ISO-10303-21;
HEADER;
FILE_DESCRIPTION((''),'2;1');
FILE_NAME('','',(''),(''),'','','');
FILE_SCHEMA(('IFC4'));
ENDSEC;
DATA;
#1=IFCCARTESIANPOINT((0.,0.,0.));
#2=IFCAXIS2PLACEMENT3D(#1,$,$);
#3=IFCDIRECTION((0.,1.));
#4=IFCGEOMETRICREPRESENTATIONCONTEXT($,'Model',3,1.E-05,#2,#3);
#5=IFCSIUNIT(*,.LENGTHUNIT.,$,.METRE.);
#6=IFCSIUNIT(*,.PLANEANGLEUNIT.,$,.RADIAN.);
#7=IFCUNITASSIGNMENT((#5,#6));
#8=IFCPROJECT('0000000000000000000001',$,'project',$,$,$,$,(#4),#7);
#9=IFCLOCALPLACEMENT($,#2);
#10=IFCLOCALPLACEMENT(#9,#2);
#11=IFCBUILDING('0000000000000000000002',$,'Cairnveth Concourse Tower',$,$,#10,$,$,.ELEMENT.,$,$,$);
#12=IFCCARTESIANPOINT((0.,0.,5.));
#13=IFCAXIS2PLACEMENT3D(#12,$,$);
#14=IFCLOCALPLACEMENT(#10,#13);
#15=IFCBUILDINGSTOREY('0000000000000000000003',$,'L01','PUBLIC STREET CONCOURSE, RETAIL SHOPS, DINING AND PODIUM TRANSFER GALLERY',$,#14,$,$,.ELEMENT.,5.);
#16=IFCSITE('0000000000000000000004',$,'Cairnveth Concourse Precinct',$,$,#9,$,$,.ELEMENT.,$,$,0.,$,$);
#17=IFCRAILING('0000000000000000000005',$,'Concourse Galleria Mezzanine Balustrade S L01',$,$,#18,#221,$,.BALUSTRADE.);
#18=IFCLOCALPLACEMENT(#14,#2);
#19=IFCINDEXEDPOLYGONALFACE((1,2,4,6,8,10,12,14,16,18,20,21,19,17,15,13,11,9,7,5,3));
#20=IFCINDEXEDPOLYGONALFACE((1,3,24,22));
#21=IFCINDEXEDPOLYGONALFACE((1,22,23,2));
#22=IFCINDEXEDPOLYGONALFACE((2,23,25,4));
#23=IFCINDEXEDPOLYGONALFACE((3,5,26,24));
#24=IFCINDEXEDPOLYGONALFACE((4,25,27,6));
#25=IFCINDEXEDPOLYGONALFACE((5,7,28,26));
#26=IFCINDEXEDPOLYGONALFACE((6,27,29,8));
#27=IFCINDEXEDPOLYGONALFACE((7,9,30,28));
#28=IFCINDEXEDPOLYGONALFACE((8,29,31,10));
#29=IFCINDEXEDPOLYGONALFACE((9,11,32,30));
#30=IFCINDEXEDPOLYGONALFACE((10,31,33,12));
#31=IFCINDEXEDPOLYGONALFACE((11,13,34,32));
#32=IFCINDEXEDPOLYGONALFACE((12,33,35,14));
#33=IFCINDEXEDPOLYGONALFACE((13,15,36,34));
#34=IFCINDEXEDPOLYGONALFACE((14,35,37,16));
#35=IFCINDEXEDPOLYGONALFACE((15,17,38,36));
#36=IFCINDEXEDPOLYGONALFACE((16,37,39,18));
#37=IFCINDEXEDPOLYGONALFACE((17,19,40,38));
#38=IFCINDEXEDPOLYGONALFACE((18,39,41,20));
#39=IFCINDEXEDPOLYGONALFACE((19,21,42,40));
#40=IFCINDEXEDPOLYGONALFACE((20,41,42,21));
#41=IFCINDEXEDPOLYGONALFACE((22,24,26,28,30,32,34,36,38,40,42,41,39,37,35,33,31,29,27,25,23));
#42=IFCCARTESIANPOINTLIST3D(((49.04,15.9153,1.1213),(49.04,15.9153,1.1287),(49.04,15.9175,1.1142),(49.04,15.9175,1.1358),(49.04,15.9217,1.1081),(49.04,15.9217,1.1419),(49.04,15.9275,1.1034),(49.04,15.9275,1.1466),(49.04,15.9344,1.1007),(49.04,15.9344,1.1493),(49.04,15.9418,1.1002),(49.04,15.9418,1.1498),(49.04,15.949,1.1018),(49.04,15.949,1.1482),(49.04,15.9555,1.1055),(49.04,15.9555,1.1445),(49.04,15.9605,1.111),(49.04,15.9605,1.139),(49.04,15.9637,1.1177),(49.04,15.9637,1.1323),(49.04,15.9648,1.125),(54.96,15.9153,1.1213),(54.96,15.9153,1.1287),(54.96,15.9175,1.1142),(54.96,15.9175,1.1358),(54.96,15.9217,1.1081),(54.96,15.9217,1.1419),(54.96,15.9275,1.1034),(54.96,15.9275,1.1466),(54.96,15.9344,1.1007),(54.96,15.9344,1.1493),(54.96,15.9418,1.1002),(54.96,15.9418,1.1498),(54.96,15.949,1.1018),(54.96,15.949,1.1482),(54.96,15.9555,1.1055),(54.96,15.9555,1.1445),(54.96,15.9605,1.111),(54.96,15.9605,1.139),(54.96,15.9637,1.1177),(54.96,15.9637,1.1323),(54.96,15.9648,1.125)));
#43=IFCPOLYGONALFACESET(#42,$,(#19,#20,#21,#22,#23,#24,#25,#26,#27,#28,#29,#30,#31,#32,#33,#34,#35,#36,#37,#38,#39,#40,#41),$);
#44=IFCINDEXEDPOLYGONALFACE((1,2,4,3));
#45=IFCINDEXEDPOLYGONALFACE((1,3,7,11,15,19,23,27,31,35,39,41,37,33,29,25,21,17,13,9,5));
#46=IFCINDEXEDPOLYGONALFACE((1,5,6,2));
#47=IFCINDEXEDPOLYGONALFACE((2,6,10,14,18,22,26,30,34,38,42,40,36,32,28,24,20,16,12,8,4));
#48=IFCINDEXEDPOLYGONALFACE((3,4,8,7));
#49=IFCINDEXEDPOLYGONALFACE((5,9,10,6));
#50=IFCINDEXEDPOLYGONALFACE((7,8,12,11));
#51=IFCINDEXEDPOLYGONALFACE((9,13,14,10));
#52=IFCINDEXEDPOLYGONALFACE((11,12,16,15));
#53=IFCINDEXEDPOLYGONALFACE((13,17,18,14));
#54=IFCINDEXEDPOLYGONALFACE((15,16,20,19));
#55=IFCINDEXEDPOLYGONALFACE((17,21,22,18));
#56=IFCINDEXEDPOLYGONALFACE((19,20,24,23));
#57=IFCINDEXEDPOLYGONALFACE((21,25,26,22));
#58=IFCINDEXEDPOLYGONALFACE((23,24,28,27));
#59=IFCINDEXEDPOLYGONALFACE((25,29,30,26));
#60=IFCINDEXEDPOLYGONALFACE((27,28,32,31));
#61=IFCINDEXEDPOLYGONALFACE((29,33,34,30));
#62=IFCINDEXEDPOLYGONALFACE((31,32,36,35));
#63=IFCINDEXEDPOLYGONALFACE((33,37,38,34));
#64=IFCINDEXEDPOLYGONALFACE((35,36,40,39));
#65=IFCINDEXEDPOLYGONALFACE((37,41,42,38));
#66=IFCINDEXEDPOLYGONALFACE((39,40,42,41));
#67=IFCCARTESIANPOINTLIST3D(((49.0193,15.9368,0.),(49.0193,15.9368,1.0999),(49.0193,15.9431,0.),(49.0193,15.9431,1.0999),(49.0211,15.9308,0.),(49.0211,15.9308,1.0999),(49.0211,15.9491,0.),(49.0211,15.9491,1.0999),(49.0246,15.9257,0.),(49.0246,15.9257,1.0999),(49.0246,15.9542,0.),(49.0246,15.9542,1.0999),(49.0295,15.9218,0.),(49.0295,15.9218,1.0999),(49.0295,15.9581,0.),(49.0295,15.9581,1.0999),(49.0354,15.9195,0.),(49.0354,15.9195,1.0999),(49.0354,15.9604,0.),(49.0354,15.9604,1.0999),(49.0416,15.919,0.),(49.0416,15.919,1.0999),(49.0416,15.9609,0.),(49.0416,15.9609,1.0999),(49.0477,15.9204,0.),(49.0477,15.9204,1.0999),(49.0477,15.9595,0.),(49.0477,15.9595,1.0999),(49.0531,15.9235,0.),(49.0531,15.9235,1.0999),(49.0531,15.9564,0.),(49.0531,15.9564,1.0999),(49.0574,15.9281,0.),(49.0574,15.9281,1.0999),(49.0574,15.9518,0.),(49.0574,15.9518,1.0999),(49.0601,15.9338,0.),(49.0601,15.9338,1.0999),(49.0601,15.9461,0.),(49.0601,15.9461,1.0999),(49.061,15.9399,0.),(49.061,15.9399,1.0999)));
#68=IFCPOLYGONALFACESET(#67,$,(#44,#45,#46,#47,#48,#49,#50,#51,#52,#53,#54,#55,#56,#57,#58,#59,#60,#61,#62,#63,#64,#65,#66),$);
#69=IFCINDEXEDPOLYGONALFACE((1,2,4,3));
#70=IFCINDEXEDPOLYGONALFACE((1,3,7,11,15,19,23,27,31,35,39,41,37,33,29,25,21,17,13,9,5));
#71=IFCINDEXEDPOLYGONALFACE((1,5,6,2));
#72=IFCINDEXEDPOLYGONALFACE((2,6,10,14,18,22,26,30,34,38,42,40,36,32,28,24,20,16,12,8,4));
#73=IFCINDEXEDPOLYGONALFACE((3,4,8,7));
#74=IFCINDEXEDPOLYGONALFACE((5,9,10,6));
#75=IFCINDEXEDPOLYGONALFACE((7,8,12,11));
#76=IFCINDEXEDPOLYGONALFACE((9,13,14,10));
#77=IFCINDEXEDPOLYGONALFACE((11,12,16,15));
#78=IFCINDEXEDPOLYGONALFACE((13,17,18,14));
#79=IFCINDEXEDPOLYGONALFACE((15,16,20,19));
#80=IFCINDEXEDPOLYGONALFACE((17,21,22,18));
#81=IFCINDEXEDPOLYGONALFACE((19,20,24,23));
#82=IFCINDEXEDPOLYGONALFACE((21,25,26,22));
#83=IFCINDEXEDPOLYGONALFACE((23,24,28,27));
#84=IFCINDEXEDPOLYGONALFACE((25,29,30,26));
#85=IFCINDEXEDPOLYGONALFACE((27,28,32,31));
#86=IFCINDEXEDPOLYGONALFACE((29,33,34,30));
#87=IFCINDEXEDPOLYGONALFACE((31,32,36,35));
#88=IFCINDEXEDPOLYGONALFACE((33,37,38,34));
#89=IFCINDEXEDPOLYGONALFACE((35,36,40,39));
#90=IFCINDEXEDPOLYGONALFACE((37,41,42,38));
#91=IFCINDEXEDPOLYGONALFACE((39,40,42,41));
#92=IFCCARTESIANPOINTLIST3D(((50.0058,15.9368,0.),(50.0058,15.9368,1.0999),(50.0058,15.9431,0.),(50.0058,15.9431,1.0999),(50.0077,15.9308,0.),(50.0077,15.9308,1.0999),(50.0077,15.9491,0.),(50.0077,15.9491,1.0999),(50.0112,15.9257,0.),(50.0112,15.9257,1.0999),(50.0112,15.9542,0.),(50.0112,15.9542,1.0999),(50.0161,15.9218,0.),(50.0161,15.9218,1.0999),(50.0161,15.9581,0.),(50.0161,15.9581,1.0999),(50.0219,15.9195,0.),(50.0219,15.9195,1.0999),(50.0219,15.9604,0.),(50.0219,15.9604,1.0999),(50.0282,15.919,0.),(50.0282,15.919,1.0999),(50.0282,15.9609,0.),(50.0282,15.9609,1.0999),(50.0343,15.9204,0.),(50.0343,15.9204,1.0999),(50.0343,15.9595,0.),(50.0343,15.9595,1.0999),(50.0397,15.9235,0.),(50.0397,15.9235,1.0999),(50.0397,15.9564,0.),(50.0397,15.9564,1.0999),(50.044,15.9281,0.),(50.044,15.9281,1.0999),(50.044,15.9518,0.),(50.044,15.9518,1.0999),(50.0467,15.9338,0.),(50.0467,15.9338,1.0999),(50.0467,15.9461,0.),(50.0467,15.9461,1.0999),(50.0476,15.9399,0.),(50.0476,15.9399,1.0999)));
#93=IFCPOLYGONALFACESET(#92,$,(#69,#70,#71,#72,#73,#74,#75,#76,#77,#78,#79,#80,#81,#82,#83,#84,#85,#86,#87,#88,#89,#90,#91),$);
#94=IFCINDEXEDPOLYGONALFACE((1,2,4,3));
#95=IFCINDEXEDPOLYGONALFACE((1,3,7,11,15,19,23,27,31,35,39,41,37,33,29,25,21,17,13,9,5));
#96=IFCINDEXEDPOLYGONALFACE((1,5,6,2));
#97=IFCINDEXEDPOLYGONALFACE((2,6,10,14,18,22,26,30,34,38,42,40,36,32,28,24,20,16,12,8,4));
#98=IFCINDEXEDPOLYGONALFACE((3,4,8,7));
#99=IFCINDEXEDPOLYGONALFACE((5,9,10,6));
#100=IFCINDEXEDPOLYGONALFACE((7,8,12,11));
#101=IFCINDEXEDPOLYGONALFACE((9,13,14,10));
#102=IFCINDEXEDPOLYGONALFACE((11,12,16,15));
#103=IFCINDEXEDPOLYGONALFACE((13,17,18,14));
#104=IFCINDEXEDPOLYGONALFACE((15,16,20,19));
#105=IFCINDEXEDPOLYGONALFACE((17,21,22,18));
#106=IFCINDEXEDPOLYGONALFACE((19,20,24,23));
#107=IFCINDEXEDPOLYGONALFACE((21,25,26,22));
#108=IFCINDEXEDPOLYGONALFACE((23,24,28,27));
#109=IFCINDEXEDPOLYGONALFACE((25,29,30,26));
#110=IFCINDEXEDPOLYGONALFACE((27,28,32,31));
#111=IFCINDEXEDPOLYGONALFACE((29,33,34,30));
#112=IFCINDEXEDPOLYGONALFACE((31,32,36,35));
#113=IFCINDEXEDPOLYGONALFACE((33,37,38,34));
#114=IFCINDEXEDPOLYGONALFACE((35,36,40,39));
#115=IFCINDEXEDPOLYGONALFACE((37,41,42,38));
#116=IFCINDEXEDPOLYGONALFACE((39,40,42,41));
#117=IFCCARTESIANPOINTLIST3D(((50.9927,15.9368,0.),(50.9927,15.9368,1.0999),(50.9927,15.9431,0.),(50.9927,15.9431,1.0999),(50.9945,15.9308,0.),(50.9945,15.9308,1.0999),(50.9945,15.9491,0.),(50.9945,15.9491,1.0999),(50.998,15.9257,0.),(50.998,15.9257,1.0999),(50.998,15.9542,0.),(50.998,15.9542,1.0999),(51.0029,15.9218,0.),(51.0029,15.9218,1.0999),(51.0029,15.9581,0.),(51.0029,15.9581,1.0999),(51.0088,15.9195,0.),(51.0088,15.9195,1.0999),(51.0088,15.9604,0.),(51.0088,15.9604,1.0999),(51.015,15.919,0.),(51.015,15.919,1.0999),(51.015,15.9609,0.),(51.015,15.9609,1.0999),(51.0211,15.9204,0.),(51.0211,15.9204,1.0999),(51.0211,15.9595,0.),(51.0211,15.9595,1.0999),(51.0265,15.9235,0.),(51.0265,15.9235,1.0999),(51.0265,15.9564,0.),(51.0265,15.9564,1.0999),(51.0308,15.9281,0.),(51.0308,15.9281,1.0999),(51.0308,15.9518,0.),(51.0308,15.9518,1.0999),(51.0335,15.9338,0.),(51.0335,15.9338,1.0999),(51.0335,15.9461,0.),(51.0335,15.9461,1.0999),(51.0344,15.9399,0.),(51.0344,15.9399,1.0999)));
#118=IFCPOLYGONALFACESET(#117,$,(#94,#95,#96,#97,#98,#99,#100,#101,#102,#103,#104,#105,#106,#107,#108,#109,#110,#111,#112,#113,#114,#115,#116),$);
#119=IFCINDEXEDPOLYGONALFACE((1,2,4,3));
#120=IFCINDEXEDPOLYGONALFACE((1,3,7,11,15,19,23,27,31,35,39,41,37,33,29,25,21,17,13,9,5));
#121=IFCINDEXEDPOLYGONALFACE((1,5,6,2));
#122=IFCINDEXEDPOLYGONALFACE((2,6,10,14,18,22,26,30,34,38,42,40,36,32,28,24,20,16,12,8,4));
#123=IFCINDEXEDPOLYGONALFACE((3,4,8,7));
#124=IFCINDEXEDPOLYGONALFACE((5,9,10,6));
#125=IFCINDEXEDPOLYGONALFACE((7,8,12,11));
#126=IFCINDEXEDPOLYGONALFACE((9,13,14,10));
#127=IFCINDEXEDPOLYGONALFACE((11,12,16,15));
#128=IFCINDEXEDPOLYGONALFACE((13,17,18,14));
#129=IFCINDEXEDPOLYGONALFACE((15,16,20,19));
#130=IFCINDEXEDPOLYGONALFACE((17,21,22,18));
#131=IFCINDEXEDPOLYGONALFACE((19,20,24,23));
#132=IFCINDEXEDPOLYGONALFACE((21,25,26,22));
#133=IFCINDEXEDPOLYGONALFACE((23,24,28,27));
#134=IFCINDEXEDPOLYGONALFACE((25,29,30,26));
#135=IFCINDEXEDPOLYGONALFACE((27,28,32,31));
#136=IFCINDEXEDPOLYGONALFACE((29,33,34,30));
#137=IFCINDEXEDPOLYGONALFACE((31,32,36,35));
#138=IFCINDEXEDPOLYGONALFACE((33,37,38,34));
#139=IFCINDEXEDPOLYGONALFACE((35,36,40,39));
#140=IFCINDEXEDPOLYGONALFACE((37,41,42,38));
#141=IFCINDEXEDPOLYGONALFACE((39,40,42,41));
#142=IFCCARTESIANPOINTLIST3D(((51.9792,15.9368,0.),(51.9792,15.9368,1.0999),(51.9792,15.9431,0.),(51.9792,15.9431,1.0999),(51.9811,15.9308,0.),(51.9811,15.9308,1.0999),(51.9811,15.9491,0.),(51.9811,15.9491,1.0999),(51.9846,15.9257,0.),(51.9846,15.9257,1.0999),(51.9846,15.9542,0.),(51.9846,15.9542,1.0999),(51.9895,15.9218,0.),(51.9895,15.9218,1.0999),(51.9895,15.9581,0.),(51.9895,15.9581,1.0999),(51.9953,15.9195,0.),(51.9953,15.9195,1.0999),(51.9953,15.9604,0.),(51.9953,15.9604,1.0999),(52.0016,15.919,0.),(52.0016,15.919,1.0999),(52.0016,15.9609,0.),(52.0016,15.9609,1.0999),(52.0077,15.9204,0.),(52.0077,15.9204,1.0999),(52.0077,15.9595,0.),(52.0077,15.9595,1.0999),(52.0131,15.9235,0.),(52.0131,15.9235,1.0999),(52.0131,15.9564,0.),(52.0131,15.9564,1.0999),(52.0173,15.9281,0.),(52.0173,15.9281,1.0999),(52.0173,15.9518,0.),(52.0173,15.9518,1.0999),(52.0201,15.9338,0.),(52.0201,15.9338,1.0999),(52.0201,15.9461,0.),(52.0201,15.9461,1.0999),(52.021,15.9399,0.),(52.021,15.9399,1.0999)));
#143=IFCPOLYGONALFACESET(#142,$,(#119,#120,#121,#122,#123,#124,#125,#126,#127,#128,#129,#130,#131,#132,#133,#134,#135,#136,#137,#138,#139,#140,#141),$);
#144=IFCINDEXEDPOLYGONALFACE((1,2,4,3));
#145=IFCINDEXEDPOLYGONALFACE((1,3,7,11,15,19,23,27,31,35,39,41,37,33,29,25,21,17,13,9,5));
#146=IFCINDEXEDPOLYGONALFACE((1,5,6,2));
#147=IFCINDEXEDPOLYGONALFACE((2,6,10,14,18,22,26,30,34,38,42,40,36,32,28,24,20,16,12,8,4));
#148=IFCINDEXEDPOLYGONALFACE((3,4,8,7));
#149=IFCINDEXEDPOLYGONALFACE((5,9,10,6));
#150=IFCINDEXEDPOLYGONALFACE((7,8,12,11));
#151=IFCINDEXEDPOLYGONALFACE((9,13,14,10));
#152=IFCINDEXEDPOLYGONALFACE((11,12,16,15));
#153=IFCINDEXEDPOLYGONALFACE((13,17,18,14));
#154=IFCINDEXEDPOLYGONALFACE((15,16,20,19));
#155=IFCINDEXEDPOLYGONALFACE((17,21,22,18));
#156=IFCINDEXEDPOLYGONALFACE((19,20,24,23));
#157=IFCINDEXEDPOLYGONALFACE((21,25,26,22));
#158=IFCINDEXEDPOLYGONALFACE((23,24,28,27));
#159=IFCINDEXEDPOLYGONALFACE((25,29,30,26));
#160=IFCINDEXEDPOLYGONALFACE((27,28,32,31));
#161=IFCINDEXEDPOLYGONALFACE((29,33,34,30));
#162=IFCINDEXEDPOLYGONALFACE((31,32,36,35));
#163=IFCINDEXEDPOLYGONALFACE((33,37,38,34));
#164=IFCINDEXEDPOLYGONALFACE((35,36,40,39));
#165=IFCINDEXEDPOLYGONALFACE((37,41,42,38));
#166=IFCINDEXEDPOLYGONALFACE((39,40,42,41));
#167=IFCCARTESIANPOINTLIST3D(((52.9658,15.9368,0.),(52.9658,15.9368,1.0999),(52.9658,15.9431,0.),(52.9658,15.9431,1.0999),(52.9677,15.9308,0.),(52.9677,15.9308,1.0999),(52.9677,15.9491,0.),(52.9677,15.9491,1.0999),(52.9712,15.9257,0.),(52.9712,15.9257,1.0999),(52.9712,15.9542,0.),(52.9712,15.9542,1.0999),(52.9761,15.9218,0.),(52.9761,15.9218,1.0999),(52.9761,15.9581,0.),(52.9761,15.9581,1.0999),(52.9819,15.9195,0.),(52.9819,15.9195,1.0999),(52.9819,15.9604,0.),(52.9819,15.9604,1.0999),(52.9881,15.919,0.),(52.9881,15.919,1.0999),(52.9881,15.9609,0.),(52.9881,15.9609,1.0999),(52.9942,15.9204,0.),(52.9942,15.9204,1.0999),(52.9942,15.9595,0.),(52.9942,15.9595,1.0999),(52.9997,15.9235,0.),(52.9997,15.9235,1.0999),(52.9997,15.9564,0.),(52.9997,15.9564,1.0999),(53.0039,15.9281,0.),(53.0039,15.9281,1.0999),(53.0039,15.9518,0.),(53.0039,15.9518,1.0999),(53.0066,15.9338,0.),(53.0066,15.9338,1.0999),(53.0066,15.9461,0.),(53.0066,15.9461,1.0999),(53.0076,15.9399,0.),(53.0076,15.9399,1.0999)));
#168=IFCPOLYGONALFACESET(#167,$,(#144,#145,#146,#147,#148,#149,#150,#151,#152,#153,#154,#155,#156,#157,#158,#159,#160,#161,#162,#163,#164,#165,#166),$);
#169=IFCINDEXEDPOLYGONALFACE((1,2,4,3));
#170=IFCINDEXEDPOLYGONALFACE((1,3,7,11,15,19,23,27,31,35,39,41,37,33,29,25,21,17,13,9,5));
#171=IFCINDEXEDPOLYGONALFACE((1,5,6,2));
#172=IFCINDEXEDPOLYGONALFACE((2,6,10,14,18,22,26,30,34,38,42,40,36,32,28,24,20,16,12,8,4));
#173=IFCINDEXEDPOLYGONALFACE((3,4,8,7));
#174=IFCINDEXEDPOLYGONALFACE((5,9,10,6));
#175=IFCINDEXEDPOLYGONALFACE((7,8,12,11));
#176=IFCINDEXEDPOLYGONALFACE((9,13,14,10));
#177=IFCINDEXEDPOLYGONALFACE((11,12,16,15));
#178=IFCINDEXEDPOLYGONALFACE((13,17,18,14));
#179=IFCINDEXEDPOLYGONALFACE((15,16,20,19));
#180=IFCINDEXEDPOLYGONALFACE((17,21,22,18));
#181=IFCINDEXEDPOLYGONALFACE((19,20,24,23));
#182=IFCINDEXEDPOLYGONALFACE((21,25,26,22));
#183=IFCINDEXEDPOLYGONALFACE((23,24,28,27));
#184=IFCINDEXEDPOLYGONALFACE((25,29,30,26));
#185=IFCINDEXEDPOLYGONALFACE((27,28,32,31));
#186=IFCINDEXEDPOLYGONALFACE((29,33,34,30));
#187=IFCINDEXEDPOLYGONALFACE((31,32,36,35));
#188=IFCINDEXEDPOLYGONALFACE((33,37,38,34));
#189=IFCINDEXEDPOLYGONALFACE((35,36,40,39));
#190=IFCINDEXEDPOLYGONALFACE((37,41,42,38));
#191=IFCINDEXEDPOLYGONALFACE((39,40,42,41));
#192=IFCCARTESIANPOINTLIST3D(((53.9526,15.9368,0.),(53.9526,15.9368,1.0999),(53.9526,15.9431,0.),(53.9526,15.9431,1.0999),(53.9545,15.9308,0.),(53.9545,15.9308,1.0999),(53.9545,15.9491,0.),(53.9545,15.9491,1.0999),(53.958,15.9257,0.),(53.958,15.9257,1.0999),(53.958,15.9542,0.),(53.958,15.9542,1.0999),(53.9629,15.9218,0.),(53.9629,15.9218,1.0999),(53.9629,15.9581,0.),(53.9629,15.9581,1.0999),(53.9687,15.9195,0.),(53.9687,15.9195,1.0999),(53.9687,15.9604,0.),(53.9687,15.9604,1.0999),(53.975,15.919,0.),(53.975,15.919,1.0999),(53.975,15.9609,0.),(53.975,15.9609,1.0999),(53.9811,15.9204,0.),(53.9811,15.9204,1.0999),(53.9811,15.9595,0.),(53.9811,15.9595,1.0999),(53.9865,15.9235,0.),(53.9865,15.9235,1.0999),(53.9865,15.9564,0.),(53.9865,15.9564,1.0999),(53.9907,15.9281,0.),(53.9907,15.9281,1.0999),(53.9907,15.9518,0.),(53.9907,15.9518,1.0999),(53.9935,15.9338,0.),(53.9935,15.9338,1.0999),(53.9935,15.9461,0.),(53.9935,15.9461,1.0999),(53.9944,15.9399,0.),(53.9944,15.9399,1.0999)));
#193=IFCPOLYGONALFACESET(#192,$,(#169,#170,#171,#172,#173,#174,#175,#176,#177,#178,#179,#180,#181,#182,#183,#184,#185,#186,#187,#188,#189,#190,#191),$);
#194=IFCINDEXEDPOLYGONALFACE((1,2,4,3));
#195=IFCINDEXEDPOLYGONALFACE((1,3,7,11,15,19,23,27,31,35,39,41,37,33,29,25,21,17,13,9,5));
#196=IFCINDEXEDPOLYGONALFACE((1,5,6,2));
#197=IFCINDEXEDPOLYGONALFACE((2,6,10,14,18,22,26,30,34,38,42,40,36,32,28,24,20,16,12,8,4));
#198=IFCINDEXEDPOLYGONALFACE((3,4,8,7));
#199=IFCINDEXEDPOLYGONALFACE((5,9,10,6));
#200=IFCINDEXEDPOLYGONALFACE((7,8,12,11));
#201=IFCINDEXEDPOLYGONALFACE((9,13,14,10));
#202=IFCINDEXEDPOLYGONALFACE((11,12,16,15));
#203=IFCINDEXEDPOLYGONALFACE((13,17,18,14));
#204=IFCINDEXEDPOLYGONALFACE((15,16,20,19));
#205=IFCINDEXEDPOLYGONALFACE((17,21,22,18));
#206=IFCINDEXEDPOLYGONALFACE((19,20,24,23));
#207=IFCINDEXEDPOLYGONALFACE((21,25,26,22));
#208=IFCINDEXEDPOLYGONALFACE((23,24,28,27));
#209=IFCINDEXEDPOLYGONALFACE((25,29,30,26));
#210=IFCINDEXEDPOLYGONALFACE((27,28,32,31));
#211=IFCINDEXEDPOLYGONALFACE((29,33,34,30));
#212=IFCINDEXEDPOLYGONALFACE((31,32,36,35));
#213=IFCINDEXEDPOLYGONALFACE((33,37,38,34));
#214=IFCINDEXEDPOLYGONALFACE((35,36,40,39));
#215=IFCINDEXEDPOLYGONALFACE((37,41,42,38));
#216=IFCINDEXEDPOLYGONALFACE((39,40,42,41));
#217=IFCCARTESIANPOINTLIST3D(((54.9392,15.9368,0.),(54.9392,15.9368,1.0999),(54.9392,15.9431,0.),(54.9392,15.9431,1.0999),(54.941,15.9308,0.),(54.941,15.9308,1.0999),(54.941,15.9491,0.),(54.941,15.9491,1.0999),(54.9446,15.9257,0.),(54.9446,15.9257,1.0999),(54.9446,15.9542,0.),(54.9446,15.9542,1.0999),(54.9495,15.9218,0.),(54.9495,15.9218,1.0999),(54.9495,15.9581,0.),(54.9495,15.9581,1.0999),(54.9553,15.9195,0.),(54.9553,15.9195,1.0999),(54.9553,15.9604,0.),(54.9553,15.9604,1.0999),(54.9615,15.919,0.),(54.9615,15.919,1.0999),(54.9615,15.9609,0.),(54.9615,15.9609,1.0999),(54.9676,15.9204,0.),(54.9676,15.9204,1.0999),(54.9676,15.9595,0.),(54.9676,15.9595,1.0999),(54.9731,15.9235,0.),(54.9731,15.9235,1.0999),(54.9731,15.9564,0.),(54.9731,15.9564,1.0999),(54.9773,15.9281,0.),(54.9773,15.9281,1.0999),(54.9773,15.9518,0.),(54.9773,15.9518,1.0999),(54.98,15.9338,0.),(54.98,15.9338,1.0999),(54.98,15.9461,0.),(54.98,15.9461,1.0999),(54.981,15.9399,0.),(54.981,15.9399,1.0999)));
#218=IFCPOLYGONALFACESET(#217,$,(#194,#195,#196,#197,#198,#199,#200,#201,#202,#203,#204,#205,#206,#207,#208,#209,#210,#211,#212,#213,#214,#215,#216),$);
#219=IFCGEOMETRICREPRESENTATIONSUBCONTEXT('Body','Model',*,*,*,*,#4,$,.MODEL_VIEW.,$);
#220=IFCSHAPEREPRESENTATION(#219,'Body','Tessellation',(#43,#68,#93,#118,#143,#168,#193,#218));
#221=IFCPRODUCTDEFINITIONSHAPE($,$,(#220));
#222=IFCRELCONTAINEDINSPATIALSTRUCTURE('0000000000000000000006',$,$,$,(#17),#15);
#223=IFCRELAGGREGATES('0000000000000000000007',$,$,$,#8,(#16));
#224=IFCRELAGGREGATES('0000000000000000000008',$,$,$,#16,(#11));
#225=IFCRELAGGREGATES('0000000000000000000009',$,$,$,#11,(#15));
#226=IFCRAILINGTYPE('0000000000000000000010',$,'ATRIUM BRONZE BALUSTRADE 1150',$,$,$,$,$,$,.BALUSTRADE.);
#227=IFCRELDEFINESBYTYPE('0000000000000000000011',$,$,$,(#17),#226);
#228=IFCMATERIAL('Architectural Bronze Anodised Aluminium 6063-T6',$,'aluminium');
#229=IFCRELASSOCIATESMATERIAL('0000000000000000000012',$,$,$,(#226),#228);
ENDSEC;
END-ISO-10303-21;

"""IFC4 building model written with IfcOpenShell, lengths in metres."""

from ifc_helpers import new_model, si_unit, direction, frame, origin, origin_2d, place, context, subcontext, project, spatial, circle, extrude, material, type_object, element, save


model = new_model("IFC4")

# Units and contexts
model_context = context("Model", 3, precision=1e-05, world=origin(), true_north=direction((0.0, 1.0)))
body_context = subcontext(model_context, "Body", "Model", "MODEL_VIEW")
ifc_project = project(units=[si_unit("LENGTHUNIT", "METRE"), si_unit("PLANEANGLEUNIT", "RADIAN")], contexts=[model_context])

# Site, building, storey
site_placement = place(None, origin())
site = spatial("IfcSite", under=ifc_project, at=site_placement, Name="Cairnveth Concourse Precinct", CompositionType="ELEMENT", RefElevation=0.0)
building_placement = place(site_placement, origin())
building = spatial("IfcBuilding", under=site, at=building_placement, Name="Cairnveth Concourse Tower", CompositionType="ELEMENT")
storey_placement = place(building_placement, frame((0.0, 0.0, 5.0)))
storey = spatial("IfcBuildingStorey", under=building, at=storey_placement, Name="L01", Description="PUBLIC STREET CONCOURSE, RETAIL SHOPS, DINING AND PODIUM TRANSFER GALLERY", CompositionType="ELEMENT", Elevation=5.0)

# Shared definitions
ifc_material_1 = material(Name="Architectural Bronze Anodised Aluminium 6063-T6", Category="aluminium")

# Railing
railing_type = type_object("IfcRailingType", Name="ATRIUM BRONZE BALUSTRADE 1150", PredefinedType="BALUSTRADE", material=ifc_material_1)
railing_placement = place(storey_placement, frame((49.04, 15.9399, 0.0)))
element("IfcRailing", 1, at=railing_placement, inside=storey, type_object=railing_type, Name="Concourse Galleria Mezzanine Balustrade S L01", PredefinedType="BALUSTRADE", context=body_context, shape_type="SweptSolid", body=[
    extrude(circle(Radius=0.0249, at=origin_2d()), frame((0.0, 0.0, 1.125), z_axis=(1.0, 0.0, 0.0), x_axis=(0.0, 1.0, 0.0)), (0.0, 0.0, 1.0), 5.9199),
    extrude(circle(Radius=0.021, at=origin_2d()), origin(), (0.0, 0.0, 1.0), 1.0999),
    extrude(circle(Radius=0.021, at=origin_2d()), frame((0.9866, 0.0, 0.0)), (0.0, 0.0, 1.0), 1.0999),
    extrude(circle(Radius=0.021, at=origin_2d()), frame((1.9734, 0.0, 0.0)), (0.0, 0.0, 1.0), 1.0999),
    extrude(circle(Radius=0.021, at=origin_2d()), frame((2.96, 0.0, 0.0)), (0.0, 0.0, 1.0), 1.0999),
    extrude(circle(Radius=0.021, at=origin_2d()), frame((3.9465, 0.0, 0.0)), (0.0, 0.0, 1.0), 1.0999),
    extrude(circle(Radius=0.021, at=origin_2d()), frame((4.9333, 0.0, 0.0)), (0.0, 0.0, 1.0), 1.0999),
    extrude(circle(Radius=0.021, at=origin_2d()), frame((5.9199, 0.0, 0.0)), (0.0, 0.0, 1.0), 1.0999),
])

save(model, "model.ifc")
